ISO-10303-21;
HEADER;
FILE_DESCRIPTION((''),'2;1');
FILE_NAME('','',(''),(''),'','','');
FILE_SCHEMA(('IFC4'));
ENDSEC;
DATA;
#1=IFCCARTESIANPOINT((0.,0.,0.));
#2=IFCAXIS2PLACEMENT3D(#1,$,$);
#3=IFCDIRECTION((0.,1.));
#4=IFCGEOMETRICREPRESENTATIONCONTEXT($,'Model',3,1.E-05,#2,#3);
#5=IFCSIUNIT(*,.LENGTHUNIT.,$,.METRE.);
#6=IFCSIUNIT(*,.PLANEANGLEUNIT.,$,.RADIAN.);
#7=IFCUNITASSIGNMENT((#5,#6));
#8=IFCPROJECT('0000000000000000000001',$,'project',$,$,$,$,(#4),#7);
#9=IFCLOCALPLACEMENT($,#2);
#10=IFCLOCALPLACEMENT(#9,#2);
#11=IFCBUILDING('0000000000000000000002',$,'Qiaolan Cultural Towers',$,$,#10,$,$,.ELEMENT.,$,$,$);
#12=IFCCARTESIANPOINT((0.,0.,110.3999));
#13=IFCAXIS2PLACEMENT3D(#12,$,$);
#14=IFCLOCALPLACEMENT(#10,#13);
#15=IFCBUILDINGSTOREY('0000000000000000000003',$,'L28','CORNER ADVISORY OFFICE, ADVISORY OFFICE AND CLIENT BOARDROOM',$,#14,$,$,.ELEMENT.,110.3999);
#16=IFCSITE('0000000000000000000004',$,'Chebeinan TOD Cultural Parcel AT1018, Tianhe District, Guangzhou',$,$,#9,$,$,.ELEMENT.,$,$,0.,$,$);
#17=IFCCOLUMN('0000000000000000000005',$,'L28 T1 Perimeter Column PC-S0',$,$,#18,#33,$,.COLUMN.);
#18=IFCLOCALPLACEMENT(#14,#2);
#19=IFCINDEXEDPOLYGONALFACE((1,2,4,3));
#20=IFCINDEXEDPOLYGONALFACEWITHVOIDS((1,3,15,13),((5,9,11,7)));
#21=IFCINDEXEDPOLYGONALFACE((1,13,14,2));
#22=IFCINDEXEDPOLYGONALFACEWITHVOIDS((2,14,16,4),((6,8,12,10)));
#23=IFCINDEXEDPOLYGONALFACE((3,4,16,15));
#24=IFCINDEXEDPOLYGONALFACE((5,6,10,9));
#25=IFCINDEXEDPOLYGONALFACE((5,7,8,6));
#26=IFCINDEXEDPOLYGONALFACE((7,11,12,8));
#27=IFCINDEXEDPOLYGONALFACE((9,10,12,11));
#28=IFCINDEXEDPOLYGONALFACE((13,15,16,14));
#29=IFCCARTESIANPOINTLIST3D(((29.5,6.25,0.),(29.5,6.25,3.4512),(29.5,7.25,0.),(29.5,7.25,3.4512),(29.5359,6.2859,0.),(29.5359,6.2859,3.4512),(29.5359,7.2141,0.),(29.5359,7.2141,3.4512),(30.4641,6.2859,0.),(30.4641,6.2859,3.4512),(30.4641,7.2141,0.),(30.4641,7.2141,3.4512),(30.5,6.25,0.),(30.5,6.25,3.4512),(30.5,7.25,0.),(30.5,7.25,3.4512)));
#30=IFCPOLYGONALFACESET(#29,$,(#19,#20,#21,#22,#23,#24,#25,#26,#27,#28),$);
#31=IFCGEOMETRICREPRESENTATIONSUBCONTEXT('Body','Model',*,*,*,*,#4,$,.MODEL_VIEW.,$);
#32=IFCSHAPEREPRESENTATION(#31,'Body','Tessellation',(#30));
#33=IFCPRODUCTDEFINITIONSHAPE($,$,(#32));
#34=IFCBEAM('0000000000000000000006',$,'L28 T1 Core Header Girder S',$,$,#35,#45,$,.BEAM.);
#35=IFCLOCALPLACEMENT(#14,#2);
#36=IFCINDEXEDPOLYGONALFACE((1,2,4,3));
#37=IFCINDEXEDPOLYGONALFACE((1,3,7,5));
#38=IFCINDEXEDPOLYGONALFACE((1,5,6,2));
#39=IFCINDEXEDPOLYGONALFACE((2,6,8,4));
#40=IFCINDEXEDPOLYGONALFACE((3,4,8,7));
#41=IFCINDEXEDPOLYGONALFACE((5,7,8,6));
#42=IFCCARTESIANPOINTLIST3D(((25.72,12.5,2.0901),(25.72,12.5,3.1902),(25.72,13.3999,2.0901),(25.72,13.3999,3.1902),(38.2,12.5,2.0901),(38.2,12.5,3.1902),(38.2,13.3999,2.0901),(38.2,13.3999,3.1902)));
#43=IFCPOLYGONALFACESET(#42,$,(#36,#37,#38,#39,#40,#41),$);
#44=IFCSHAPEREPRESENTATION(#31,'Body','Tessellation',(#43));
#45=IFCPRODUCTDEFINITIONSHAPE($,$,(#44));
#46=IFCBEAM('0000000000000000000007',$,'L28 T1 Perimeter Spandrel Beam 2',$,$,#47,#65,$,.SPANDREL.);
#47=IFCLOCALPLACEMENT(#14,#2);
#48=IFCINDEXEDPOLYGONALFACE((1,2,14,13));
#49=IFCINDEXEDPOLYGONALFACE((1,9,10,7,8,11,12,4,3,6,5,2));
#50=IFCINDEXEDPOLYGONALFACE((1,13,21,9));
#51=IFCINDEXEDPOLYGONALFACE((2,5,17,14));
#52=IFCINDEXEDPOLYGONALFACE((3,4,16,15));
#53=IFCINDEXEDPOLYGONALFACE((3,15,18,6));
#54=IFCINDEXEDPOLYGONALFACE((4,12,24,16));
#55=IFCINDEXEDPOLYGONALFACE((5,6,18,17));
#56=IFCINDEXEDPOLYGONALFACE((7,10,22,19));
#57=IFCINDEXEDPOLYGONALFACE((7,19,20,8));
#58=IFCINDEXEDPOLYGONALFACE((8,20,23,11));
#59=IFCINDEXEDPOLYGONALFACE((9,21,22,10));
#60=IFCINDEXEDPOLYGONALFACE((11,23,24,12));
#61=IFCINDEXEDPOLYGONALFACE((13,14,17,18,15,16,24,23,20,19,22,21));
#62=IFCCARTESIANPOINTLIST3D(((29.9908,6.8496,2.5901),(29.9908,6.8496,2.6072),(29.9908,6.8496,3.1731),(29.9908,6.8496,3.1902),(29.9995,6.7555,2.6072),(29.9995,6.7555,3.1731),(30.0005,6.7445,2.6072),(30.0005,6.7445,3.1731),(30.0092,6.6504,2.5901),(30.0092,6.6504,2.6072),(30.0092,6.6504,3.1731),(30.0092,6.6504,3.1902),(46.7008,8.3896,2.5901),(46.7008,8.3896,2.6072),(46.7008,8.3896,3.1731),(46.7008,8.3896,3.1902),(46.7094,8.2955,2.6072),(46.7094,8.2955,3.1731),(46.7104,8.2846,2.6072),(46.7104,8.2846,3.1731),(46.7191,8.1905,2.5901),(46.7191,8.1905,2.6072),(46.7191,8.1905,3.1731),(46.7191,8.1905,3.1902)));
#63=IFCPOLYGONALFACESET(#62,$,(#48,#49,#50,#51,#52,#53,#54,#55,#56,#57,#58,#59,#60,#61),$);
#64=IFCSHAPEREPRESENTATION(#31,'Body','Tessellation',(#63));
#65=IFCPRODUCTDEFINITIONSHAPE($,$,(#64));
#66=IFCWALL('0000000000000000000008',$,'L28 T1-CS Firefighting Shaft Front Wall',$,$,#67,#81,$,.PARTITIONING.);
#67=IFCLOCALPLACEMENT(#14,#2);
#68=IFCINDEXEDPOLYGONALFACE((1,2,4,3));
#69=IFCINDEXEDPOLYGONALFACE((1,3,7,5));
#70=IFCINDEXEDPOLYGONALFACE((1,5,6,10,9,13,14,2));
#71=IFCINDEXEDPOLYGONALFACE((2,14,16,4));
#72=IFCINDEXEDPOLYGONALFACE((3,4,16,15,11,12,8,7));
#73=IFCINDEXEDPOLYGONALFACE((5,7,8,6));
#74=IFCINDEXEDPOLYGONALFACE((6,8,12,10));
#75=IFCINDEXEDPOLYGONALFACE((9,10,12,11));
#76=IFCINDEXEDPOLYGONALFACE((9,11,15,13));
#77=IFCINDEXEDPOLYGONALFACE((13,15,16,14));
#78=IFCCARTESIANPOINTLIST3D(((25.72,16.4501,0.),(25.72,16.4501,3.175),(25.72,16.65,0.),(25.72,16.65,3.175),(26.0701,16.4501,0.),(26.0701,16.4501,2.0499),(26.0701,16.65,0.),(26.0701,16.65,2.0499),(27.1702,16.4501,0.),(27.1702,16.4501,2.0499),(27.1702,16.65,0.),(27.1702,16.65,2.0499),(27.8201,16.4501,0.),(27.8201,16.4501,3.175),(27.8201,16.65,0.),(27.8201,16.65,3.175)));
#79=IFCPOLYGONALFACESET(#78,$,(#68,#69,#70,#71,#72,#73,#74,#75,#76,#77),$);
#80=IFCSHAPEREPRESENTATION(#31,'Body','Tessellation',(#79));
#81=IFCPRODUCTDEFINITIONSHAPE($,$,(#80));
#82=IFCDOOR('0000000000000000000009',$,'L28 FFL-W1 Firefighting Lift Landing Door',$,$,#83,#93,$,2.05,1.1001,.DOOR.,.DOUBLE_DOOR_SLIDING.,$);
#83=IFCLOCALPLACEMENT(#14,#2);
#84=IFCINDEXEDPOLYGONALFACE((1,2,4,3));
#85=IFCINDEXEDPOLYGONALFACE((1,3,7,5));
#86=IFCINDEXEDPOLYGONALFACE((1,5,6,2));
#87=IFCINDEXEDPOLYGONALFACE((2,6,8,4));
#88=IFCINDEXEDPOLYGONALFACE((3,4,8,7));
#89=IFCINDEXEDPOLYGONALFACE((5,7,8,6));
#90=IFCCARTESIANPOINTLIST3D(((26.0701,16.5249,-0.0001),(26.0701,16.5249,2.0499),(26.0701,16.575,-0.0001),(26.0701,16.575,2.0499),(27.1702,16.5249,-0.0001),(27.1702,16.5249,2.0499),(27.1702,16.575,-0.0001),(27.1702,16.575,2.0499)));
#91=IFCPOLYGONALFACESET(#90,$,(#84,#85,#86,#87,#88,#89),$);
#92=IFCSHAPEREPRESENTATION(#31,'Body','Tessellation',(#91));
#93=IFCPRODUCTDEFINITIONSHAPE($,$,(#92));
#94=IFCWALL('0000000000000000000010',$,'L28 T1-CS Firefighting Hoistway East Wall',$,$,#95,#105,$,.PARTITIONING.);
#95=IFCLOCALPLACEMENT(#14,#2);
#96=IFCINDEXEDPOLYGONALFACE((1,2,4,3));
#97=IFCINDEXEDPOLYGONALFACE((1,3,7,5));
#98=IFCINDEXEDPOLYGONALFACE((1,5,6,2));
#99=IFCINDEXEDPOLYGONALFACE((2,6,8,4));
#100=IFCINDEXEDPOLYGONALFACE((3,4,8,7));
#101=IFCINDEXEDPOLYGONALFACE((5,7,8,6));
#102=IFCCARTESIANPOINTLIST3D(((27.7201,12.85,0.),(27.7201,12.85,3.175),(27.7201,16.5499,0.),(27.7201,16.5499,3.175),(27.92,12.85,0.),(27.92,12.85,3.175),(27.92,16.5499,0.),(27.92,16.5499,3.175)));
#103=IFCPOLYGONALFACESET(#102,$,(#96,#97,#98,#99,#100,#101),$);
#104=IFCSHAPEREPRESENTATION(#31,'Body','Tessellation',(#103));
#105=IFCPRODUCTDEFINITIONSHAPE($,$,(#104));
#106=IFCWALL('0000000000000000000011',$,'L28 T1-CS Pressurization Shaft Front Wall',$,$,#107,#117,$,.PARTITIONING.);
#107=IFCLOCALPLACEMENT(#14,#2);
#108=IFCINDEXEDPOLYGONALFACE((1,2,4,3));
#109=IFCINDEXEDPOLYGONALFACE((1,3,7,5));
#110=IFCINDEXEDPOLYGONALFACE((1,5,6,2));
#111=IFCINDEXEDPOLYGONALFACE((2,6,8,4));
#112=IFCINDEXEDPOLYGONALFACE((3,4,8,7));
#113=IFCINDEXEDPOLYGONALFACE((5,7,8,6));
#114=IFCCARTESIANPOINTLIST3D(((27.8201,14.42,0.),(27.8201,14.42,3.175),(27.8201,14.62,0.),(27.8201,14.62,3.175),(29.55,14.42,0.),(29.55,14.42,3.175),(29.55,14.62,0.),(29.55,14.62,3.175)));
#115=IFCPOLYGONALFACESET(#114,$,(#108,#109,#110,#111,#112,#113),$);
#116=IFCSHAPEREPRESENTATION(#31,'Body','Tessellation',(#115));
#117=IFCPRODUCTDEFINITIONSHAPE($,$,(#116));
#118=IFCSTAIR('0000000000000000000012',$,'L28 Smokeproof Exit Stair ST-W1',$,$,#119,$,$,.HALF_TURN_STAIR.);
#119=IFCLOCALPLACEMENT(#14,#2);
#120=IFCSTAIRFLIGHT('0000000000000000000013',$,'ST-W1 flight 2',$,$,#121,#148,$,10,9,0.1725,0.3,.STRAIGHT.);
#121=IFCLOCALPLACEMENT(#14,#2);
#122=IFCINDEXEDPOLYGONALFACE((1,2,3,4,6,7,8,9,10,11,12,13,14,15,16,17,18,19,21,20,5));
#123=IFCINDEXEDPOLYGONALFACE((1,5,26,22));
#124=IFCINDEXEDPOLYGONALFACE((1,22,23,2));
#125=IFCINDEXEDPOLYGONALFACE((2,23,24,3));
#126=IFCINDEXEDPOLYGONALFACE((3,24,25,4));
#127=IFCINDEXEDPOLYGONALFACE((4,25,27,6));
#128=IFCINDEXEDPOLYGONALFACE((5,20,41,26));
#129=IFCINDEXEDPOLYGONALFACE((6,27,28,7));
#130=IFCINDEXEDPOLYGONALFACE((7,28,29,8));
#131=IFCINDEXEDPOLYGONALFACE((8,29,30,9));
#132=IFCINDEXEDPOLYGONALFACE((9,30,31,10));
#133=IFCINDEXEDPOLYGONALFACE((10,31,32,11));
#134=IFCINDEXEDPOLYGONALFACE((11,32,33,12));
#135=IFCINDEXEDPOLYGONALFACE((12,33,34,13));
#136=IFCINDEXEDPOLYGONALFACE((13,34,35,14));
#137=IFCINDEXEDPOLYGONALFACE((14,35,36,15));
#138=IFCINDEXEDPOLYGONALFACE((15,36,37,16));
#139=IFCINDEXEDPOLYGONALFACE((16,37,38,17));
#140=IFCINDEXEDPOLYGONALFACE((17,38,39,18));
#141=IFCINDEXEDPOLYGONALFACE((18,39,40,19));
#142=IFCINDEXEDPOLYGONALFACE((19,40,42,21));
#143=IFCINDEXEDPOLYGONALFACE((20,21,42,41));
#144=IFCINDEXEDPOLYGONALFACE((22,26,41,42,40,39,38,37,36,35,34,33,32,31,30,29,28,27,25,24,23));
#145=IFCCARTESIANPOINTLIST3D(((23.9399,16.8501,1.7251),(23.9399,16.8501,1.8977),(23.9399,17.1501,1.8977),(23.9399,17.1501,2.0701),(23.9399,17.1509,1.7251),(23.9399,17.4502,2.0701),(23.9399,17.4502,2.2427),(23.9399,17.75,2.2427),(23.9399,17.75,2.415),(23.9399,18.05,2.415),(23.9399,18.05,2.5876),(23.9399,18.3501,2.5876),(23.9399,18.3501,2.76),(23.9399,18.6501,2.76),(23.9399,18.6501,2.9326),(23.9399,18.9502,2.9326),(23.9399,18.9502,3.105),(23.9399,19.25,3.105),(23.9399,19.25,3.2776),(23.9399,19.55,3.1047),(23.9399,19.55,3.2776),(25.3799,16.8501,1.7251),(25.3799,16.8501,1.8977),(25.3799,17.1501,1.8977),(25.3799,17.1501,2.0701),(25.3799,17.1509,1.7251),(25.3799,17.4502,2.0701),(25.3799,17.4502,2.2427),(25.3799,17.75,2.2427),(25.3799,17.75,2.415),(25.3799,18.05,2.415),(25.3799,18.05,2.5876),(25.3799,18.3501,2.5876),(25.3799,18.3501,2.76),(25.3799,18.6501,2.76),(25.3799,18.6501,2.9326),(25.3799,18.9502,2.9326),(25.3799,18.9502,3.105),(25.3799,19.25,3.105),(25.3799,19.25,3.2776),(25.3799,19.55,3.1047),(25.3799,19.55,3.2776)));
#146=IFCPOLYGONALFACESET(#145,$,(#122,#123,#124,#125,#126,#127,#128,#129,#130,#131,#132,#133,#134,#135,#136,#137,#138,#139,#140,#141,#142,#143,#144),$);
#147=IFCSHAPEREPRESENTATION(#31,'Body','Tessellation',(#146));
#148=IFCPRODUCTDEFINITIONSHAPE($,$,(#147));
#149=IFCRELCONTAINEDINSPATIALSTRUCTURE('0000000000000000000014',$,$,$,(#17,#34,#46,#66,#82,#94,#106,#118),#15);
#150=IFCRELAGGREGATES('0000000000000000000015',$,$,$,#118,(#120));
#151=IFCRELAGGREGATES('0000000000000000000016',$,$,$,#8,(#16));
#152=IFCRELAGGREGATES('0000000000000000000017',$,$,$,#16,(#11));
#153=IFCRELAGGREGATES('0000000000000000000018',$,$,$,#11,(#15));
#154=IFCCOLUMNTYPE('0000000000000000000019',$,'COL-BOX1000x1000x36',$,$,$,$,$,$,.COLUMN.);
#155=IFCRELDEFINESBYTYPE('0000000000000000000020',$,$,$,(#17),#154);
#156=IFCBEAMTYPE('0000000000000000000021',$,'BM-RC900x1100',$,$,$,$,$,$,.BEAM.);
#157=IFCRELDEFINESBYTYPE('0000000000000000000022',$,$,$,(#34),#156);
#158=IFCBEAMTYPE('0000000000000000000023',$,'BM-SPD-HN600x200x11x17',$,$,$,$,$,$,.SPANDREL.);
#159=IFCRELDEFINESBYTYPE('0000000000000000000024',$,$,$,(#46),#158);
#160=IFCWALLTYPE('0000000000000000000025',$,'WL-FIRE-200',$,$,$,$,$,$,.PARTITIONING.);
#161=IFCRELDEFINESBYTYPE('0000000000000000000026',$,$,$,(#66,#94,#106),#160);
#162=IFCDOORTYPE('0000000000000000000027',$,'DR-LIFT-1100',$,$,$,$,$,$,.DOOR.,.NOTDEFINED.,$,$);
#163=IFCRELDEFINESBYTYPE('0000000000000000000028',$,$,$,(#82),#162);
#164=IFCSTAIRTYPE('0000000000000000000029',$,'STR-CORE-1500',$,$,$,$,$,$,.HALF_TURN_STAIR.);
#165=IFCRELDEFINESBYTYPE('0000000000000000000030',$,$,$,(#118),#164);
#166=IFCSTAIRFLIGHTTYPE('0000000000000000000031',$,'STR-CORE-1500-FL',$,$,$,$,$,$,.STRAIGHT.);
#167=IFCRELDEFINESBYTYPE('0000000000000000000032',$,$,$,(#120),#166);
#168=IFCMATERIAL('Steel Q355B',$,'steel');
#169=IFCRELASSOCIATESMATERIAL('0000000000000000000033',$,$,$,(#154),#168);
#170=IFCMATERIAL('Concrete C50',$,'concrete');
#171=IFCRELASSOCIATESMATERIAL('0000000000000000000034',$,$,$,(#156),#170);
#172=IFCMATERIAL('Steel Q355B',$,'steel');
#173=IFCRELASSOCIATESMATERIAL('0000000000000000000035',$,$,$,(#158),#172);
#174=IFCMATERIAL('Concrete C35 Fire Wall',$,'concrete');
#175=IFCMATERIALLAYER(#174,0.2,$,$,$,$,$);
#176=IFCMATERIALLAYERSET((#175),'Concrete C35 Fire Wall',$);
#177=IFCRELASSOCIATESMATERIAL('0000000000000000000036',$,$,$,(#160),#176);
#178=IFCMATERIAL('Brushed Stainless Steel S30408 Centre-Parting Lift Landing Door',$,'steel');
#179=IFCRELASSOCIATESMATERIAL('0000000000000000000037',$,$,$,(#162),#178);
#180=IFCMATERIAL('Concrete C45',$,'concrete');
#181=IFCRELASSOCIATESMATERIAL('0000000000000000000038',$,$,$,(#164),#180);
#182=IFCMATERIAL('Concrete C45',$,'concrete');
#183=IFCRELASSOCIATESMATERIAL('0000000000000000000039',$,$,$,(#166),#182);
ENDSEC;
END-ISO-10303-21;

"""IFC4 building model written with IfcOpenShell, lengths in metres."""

from ifc_helpers import new_model, si_unit, direction, frame, frame_2d, origin, origin_2d, place, context, subcontext, project, spatial, polyline, rectangle, hollow_rectangle, i_section, outline, extrude, material, layer, layer_set, material_profile, profile_set, type_object, element, fill, aggregate, save


model = new_model("IFC4")

# Units and contexts
model_context = context("Model", 3, precision=1e-05, world=origin(), true_north=direction((0.0, 1.0)))
body_context = subcontext(model_context, "Body", "Model", "MODEL_VIEW")
ifc_project = project(units=[si_unit("LENGTHUNIT", "METRE"), si_unit("PLANEANGLEUNIT", "RADIAN")], contexts=[model_context])

# Site, building, storey
site_placement = place(None, origin())
site = spatial("IfcSite", under=ifc_project, at=site_placement, Name="Chebeinan TOD Cultural Parcel AT1018, Tianhe District, Guangzhou", CompositionType="ELEMENT", RefElevation=0.0)
building_placement = place(site_placement, origin())
building = spatial("IfcBuilding", under=site, at=building_placement, Name="Qiaolan Cultural Towers", CompositionType="ELEMENT")
storey_placement = place(building_placement, frame((0.0, 0.0, 110.3999)))
storey = spatial("IfcBuildingStorey", under=building, at=storey_placement, Name="L28", Description="CORNER ADVISORY OFFICE, ADVISORY OFFICE AND CLIENT BOARDROOM", CompositionType="ELEMENT", Elevation=110.3999)

# Column
ifc_material_1 = material(Name="Steel Q355B", Category="steel")
ifc_material_profile_1 = material_profile(ifc_material_1, hollow_rectangle(XDim=1.0, YDim=1.0, WallThickness=0.0359, at=origin_2d()), Name="BOX1000x1000x36")
ifc_profile_set_1 = profile_set([ifc_material_profile_1], Name="Steel Q355B")
column_type = type_object("IfcColumnType", Name="COL-BOX1000x1000x36", PredefinedType="COLUMN", material=ifc_profile_set_1)
column_placement = place(storey_placement, frame((30.0, 6.75, 0.0), z_axis=(0.0, 0.0, 1.0), x_axis=(1.0, 0.0, 0.0)))
element("IfcColumn", 1, at=column_placement, inside=storey, type_object=column_type, Name="L28 T1 Perimeter Column PC-S0", PredefinedType="COLUMN", context=body_context, shape_type="SweptSolid", body=[
    extrude(hollow_rectangle(XDim=1.0, YDim=1.0, WallThickness=0.0359, at=origin_2d()), origin(), (0.0, 0.0, 1.0), 3.4512),
])

# Beams
ifc_material_2 = material(Name="Concrete C50", Category="concrete")
ifc_material_profile_2 = material_profile(ifc_material_2, rectangle(XDim=0.8999, YDim=1.1001, at=origin_2d()), Name="RC900x1100")
ifc_profile_set_2 = profile_set([ifc_material_profile_2], Name="Concrete C50")
beam_type_1 = type_object("IfcBeamType", Name="BM-RC900x1100", PredefinedType="BEAM", material=ifc_profile_set_2)
beam_1_placement = place(storey_placement, frame((25.72, 12.95, 2.6401), z_axis=(1.0, 0.0, 0.0), x_axis=(0.0, 1.0, 0.0)))
element("IfcBeam", 2, at=beam_1_placement, inside=storey, type_object=beam_type_1, Name="L28 T1 Core Header Girder S", PredefinedType="BEAM", context=body_context, shape_type="SweptSolid", body=[
    extrude(rectangle(XDim=0.8999, YDim=1.1001, at=origin_2d()), origin(), (0.0, 0.0, 1.0), 12.48),
])
ifc_material_3 = material(Name="Steel Q355B", Category="steel")
ifc_material_profile_3 = material_profile(ifc_material_3, i_section(OverallWidth=0.2, OverallDepth=0.6001, WebThickness=0.011, FlangeThickness=0.0171, at=origin_2d()), Name="HN600x200x11x17")
ifc_profile_set_3 = profile_set([ifc_material_profile_3], Name="Steel Q355B")
beam_type_2 = type_object("IfcBeamType", Name="BM-SPD-HN600x200x11x17", PredefinedType="SPANDREL", material=ifc_profile_set_3)
beam_2_placement = place(storey_placement, frame((30.0, 6.75, 2.8901), z_axis=(0.99578, 0.091774, 0.0), x_axis=(-0.091774, 0.99578, 0.0)))
element("IfcBeam", 3, at=beam_2_placement, inside=storey, type_object=beam_type_2, Name="L28 T1 Perimeter Spandrel Beam 2", PredefinedType="SPANDREL", context=body_context, shape_type="SweptSolid", body=[
    extrude(i_section(OverallWidth=0.2, OverallDepth=0.6001, WebThickness=0.011, FlangeThickness=0.0171, at=origin_2d()), origin(), (0.0, 0.0, 1.0), 16.7808),
])

# Wall, opening, door
ifc_material_4 = material(Name="Concrete C35 Fire Wall", Category="concrete")
ifc_layer = layer(ifc_material_4, 0.2)
ifc_layer_set = layer_set([ifc_layer], Name="Concrete C35 Fire Wall")
wall_type = type_object("IfcWallType", Name="WL-FIRE-200", PredefinedType="PARTITIONING", material=ifc_layer_set)
wall_1_placement = place(storey_placement, frame((25.72, 16.55, 0.0), z_axis=(0.0, 0.0, 1.0), x_axis=(1.0, 0.0, 0.0)))
wall_1 = element("IfcWall", 4, at=wall_1_placement, inside=storey, type_object=wall_type, Name="L28 T1-CS Firefighting Shaft Front Wall", PredefinedType="PARTITIONING", context=body_context, shape_type="SweptSolid", body=[
    extrude(rectangle(XDim=2.1001, YDim=0.2, at=frame_2d((1.05, 0.0))), origin(), (0.0, 0.0, 1.0), 3.175),
])
opening_placement = place(wall_1_placement, frame((0.3501, 0.0, 0.0)))
opening = element("IfcOpeningElement", 5, at=opening_placement, cuts=wall_1, PredefinedType="OPENING", context=body_context, shape_type="SweptSolid", body=[
    extrude(rectangle(XDim=1.1001, YDim=2.05, at=frame_2d((0.55, 1.0249))), frame((0.0, 0.1099, 0.0), z_axis=(0.0, -1.0, 0.0), x_axis=(1.0, 0.0, 0.0)), (0.0, 0.0, 1.0), 0.22),
])
ifc_material_5 = material(Name="Brushed Stainless Steel S30408 Centre-Parting Lift Landing Door", Category="steel")
door_type = type_object("IfcDoorType", Name="DR-LIFT-1100", OperationType="NOTDEFINED", PredefinedType="DOOR", material=ifc_material_5)
door_placement = place(opening_placement, origin())
door = element("IfcDoor", 6, at=door_placement, inside=storey, type_object=door_type, Name="L28 FFL-W1 Firefighting Lift Landing Door", OperationType="DOUBLE_DOOR_SLIDING", OverallHeight=2.05, OverallWidth=1.1001, PredefinedType="DOOR", context=body_context, shape_type="SweptSolid", body=[
    extrude(rectangle(XDim=1.1001, YDim=2.05, at=frame_2d((0.55, 1.0249))), frame((0.0, 0.0249, 0.0), z_axis=(0.0, -1.0, 0.0), x_axis=(1.0, 0.0, 0.0)), (0.0, 0.0, 1.0), 0.05),
])
fill(opening, door)

# Walls
wall_2_placement = place(storey_placement, frame((27.8201, 16.55, 0.0), z_axis=(0.0, 0.0, 1.0), x_axis=(0.0, -1.0, 0.0)))
element("IfcWall", 7, at=wall_2_placement, inside=storey, type_object=wall_type, Name="L28 T1-CS Firefighting Hoistway East Wall", PredefinedType="PARTITIONING", context=body_context, shape_type="SweptSolid", body=[
    extrude(rectangle(XDim=3.7, YDim=0.2, at=frame_2d((1.8501, 0.0))), origin(), (0.0, 0.0, 1.0), 3.175),
])
wall_3_placement = place(storey_placement, frame((27.8201, 14.52, 0.0), z_axis=(0.0, 0.0, 1.0), x_axis=(1.0, 0.0, 0.0)))
element("IfcWall", 8, at=wall_3_placement, inside=storey, type_object=wall_type, Name="L28 T1-CS Pressurization Shaft Front Wall", PredefinedType="PARTITIONING", context=body_context, shape_type="SweptSolid", body=[
    extrude(rectangle(XDim=1.73, YDim=0.2, at=frame_2d((0.865, 0.0))), origin(), (0.0, 0.0, 1.0), 3.175),
])

# Stair, stair flight
ifc_material_6 = material(Name="Concrete C45", Category="concrete")
stair_type = type_object("IfcStairType", Name="STR-CORE-1500", PredefinedType="HALF_TURN_STAIR", material=ifc_material_6)
stair_placement = place(storey_placement, origin())
stair = element("IfcStair", 9, at=stair_placement, inside=storey, type_object=stair_type, Name="L28 Smokeproof Exit Stair ST-W1", PredefinedType="HALF_TURN_STAIR")
ifc_material_7 = material(Name="Concrete C45", Category="concrete")
stair_flight_type = type_object("IfcStairFlightType", Name="STR-CORE-1500-FL", PredefinedType="STRAIGHT", material=ifc_material_7)
stair_flight_placement = place(storey_placement, frame((24.6599, 16.8501, 1.7251), z_axis=(0.0, 0.0, 1.0), x_axis=(0.0, 1.0, 0.0)))
stair_flight = element("IfcStairFlight", 10, at=stair_flight_placement, type_object=stair_flight_type, Name="ST-W1 flight 2", NumberOfRisers=10, NumberOfTreads=9, PredefinedType="STRAIGHT", RiserHeight=0.1725, TreadLength=0.3, context=body_context, shape_type="SweptSolid", body=[
    extrude(outline(polyline([(0.0, 0.0), (0.0, 0.1726), (0.3, 0.1726), (0.3, 0.345), (0.6001, 0.345), (0.6001, 0.5176), (0.8999, 0.5176), (0.8999, 0.6899), (1.2, 0.6899), (1.2, 0.8625), (1.5, 0.8625), (1.5, 1.0349), (1.8, 1.0349), (1.8, 1.2075), (2.1001, 1.2075), (2.1001, 1.3799), (2.3999, 1.3799), (2.3999, 1.5525), (2.7, 1.5525), (2.7, 1.7251), (2.7, 1.3796), (0.3008, 0.0), (0.0, 0.0)])), frame((0.0, 0.72, 0.0), z_axis=(0.0, -1.0, 0.0), x_axis=(1.0, 0.0, 0.0)), (0.0, 0.0, 1.0), 1.4399),
])
aggregate(stair, [stair_flight])

save(model, "model.ifc")
